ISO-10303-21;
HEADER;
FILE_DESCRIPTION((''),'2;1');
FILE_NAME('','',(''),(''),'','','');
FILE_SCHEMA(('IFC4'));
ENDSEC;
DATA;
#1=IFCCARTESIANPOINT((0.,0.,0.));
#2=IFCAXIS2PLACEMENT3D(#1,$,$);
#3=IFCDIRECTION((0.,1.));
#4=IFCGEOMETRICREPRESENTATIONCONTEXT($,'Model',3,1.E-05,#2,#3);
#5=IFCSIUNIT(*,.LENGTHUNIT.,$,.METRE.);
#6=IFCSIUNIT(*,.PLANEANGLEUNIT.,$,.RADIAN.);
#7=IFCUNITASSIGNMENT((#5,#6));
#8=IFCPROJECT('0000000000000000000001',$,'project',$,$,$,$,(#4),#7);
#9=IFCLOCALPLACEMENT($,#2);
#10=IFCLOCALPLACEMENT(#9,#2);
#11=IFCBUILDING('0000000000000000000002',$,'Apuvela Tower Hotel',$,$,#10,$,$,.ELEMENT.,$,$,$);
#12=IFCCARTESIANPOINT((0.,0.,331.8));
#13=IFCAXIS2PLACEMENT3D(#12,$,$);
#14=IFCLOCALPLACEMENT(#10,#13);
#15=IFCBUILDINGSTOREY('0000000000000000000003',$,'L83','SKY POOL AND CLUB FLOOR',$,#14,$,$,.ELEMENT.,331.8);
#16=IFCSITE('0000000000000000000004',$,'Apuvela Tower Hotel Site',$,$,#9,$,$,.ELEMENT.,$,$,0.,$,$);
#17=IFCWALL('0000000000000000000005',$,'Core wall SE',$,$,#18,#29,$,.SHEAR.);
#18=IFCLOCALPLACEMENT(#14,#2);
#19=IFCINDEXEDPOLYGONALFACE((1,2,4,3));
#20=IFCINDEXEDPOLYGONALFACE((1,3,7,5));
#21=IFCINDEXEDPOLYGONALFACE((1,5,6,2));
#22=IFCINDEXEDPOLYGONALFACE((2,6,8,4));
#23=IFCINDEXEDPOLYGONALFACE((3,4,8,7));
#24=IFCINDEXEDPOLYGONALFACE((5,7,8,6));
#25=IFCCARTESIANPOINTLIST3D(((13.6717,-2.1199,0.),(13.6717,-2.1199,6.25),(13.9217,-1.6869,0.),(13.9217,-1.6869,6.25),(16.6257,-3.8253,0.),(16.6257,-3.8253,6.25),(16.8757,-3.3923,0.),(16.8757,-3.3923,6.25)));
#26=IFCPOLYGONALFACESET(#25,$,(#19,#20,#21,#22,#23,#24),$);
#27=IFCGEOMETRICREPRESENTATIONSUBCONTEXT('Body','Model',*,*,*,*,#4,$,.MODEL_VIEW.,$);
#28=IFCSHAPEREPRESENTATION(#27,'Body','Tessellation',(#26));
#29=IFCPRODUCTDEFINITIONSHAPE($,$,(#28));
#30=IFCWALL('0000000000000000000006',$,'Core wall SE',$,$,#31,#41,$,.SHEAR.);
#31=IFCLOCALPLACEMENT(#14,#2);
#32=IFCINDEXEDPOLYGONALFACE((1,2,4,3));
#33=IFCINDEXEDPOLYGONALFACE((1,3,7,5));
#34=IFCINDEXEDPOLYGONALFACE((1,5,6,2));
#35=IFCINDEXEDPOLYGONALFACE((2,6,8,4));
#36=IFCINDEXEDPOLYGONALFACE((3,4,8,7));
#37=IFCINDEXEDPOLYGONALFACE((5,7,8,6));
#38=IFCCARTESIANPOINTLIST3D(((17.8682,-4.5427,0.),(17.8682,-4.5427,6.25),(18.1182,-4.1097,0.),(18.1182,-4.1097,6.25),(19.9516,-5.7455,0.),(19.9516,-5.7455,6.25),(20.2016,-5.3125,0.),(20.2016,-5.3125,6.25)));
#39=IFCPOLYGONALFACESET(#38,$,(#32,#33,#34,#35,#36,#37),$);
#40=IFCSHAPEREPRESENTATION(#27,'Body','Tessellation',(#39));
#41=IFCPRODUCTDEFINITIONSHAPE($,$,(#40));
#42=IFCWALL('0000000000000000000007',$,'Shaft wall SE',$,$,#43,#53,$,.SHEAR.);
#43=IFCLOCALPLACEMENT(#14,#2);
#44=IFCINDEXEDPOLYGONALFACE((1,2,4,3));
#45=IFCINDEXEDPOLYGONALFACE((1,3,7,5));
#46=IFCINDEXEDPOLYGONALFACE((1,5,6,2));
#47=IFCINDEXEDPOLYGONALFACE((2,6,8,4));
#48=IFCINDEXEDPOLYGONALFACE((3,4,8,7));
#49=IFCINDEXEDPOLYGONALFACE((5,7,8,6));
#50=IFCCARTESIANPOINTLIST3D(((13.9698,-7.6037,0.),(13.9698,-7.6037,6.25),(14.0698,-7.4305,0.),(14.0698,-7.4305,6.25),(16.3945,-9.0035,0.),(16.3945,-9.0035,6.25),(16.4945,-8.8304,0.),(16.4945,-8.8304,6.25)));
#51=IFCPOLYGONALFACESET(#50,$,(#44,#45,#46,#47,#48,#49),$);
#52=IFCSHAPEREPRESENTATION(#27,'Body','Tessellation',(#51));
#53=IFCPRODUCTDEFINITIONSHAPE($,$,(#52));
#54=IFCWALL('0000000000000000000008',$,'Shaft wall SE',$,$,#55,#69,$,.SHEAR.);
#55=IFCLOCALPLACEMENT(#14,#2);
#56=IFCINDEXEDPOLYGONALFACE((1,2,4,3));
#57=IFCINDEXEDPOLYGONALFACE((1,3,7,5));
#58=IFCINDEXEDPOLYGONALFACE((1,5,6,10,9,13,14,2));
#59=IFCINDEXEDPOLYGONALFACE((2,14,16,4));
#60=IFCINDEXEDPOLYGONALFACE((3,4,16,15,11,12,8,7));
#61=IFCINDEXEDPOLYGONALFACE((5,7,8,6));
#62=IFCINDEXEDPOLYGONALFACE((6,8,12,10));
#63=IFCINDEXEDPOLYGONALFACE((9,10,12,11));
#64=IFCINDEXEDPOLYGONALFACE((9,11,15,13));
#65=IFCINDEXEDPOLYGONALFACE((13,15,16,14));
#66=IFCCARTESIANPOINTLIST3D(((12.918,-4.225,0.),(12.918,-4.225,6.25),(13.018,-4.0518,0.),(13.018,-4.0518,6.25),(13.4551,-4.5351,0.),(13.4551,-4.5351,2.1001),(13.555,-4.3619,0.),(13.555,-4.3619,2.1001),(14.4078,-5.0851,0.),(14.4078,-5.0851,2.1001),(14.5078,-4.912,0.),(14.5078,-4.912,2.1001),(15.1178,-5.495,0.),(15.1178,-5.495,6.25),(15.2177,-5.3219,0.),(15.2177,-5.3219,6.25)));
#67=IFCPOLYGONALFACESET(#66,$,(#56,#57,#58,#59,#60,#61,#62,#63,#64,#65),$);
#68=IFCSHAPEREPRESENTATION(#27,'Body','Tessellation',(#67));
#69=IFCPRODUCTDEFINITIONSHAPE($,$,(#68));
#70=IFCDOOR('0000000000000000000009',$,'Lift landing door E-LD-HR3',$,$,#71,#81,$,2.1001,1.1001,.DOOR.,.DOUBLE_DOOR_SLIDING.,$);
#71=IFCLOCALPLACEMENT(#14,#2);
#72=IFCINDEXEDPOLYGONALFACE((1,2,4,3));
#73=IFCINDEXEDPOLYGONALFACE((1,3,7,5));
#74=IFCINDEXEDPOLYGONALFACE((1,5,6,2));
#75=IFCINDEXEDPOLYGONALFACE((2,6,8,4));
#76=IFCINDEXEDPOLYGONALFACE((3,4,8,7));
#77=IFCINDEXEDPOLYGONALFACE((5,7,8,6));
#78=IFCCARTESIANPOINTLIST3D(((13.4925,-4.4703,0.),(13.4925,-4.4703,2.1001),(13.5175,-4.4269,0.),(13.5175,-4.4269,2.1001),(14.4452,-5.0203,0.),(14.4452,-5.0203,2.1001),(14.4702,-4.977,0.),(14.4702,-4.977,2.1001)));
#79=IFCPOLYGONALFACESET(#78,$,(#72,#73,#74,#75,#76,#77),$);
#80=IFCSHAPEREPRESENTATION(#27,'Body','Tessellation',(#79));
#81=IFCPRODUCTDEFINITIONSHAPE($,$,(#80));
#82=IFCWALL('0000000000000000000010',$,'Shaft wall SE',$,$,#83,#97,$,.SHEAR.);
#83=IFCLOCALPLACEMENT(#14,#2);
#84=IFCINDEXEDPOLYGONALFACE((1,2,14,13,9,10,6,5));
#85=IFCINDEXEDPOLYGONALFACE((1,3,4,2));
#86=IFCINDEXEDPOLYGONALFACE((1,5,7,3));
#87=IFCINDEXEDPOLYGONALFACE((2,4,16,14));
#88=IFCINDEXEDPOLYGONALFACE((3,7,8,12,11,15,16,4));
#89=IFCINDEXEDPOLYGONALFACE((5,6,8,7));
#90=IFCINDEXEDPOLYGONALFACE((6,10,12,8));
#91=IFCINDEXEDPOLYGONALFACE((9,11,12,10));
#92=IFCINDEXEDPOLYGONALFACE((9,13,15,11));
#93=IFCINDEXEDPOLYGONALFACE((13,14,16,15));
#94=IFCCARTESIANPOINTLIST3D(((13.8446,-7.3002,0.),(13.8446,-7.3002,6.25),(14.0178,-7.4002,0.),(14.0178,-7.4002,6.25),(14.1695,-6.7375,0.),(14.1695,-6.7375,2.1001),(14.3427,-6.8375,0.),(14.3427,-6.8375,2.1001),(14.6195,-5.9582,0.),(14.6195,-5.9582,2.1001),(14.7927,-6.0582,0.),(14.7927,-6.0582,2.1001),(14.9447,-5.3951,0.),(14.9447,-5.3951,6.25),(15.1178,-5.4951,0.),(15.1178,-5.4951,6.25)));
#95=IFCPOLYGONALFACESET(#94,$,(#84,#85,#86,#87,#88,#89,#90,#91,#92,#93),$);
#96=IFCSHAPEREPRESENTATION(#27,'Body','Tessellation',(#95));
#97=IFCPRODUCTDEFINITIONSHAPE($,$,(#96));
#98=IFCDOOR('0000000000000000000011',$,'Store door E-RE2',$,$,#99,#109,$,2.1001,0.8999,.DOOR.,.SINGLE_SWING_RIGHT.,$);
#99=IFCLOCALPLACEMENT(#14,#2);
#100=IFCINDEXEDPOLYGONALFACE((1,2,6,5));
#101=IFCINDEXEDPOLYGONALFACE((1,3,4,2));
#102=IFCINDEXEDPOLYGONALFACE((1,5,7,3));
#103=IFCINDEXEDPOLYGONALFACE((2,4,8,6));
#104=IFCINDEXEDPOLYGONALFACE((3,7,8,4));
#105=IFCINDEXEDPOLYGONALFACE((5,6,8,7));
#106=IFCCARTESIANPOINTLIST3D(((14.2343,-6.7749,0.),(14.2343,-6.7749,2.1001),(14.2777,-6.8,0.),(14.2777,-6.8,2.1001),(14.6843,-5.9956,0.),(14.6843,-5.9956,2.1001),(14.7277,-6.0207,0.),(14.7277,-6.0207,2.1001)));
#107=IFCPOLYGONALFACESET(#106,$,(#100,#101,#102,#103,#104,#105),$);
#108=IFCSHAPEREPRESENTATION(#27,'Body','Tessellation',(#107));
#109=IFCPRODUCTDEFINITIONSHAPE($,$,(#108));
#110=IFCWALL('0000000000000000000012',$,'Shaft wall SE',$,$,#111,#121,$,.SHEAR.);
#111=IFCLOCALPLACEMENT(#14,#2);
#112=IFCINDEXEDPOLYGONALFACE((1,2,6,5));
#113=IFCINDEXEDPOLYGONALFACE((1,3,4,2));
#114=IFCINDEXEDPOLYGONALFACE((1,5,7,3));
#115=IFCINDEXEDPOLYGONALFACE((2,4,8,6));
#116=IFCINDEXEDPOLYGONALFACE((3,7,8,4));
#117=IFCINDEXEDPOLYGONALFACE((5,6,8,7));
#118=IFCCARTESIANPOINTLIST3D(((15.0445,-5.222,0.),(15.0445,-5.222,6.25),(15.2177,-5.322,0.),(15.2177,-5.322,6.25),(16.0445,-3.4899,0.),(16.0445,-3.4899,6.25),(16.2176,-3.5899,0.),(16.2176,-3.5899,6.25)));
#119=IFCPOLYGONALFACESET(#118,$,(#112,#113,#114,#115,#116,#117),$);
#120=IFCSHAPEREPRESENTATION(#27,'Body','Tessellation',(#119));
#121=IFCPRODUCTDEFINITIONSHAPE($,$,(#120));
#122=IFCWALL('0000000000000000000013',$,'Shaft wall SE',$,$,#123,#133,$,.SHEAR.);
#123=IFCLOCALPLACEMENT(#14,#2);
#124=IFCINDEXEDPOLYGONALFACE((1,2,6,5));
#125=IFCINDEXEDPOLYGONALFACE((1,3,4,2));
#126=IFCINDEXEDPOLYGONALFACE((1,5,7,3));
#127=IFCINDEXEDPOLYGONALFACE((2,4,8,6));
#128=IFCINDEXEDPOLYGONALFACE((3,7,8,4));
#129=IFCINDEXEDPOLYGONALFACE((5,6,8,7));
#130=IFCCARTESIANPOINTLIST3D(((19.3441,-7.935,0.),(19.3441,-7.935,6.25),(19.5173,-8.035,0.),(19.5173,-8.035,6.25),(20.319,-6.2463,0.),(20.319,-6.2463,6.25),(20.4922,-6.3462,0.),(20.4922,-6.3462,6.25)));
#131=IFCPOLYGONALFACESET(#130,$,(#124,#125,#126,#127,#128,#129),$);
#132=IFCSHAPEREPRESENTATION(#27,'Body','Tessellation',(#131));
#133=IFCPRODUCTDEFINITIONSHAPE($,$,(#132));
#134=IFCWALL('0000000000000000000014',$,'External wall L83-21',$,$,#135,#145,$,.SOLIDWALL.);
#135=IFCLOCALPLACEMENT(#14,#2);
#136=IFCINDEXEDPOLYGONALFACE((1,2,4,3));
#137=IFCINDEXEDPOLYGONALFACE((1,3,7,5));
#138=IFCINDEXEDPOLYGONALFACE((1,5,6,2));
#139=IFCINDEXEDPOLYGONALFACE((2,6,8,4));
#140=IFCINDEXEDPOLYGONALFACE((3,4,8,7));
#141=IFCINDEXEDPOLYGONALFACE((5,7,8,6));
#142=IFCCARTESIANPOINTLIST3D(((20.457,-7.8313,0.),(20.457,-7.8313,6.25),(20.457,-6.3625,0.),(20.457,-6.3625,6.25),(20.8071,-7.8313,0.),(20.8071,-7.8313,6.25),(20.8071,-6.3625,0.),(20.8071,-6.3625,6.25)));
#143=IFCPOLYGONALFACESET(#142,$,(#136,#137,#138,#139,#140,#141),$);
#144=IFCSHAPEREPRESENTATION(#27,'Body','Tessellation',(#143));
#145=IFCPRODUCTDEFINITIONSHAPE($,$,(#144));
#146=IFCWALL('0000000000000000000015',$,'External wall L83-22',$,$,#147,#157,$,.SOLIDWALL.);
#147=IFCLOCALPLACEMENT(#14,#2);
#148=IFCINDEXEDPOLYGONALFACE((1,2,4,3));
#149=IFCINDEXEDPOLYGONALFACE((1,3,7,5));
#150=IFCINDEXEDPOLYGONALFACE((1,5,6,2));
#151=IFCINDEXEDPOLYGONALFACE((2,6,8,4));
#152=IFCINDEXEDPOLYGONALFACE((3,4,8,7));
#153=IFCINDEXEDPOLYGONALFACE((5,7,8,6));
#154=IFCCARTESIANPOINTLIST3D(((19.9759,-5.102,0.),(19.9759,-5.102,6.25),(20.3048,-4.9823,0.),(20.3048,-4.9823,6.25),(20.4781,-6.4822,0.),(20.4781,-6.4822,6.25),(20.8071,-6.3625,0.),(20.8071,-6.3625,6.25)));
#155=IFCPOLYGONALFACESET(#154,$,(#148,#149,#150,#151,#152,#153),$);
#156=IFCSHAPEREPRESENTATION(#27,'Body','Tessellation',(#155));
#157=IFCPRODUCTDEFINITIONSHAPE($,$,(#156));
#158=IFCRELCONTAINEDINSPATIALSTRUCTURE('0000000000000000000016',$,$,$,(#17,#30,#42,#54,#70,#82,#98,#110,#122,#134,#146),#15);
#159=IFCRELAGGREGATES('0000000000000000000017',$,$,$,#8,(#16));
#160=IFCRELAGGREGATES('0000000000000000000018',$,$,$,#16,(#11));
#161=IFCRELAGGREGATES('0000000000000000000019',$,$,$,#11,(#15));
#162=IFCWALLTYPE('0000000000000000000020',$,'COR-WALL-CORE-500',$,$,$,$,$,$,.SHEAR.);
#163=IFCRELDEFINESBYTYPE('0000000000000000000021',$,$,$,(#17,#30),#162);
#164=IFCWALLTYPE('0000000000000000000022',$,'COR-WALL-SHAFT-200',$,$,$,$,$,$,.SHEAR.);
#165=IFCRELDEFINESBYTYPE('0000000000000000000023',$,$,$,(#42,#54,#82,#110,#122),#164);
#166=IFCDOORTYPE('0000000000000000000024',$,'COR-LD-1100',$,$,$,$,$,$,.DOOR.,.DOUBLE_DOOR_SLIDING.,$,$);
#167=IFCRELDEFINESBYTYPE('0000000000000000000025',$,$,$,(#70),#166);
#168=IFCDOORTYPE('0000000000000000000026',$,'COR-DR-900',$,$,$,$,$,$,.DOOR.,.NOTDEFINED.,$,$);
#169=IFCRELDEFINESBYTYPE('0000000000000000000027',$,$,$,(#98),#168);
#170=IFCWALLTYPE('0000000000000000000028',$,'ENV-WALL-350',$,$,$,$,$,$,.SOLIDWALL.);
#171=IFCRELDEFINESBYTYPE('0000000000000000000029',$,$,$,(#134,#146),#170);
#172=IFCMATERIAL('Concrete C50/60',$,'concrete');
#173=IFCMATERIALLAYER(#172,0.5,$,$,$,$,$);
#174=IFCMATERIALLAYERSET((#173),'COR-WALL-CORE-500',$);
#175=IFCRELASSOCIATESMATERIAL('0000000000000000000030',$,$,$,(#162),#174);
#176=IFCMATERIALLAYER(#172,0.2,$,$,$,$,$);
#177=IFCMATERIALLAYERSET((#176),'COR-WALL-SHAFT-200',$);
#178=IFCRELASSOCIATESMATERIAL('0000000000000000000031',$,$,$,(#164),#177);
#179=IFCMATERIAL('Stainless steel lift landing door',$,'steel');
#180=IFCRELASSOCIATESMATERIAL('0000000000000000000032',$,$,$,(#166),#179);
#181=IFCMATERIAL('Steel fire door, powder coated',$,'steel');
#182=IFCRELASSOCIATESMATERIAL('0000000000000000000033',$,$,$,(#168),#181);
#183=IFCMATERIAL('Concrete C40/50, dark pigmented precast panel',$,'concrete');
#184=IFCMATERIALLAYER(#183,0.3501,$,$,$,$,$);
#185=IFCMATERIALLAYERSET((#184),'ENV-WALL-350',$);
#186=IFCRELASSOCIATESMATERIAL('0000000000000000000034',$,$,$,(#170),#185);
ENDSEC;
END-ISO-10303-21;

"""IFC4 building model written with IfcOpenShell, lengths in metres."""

from ifc_helpers import new_model, si_unit, direction, frame, frame_2d, origin, place, context, subcontext, project, spatial, rectangle, extrude, material, layer, layer_set, type_object, element, fill, save


model = new_model("IFC4")

# Units and contexts
model_context = context("Model", 3, precision=1e-05, world=origin(), true_north=direction((0.0, 1.0)))
body_context = subcontext(model_context, "Body", "Model", "MODEL_VIEW")
ifc_project = project(units=[si_unit("LENGTHUNIT", "METRE"), si_unit("PLANEANGLEUNIT", "RADIAN")], contexts=[model_context])

# Site, building, storey
site_placement = place(None, origin())
site = spatial("IfcSite", under=ifc_project, at=site_placement, Name="Apuvela Tower Hotel Site", CompositionType="ELEMENT", RefElevation=0.0)
building_placement = place(site_placement, origin())
building = spatial("IfcBuilding", under=site, at=building_placement, Name="Apuvela Tower Hotel", CompositionType="ELEMENT")
storey_placement = place(building_placement, frame((0.0, 0.0, 331.8)))
storey = spatial("IfcBuildingStorey", under=building, at=storey_placement, Name="L83", Description="SKY POOL AND CLUB FLOOR", CompositionType="ELEMENT", Elevation=331.8)

# Walls
ifc_material_1 = material(Name="Concrete C50/60", Category="concrete")
ifc_layer_1 = layer(ifc_material_1, 0.5)
ifc_layer_set_1 = layer_set([ifc_layer_1], Name="COR-WALL-CORE-500")
wall_type_1 = type_object("IfcWallType", Name="COR-WALL-CORE-500", PredefinedType="SHEAR", material=ifc_layer_set_1)
wall_1_placement = place(storey_placement, frame((13.7966, -1.9033, 0.0), z_axis=(0.0, 0.0, 1.0), x_axis=(0.866037, -0.499981, 0.0)))
element("IfcWall", 1, at=wall_1_placement, inside=storey, type_object=wall_type_1, Name="Core wall SE", PredefinedType="SHEAR", context=body_context, shape_type="SweptSolid", body=[
    extrude(rectangle(XDim=3.4109, YDim=0.5, at=frame_2d((1.7056, 0.0))), origin(), (0.0, 0.0, 1.0), 6.25),
])
wall_2_placement = place(storey_placement, frame((17.9932, -4.3262, 0.0), z_axis=(0.0, 0.0, 1.0), x_axis=(0.86603, -0.499992, 0.0)))
element("IfcWall", 2, at=wall_2_placement, inside=storey, type_object=wall_type_1, Name="Core wall SE", PredefinedType="SHEAR", context=body_context, shape_type="SweptSolid", body=[
    extrude(rectangle(XDim=2.4058, YDim=0.5, at=frame_2d((1.2029, 0.0))), origin(), (0.0, 0.0, 1.0), 6.25),
])
ifc_layer_2 = layer(ifc_material_1, 0.2)
ifc_layer_set_2 = layer_set([ifc_layer_2], Name="COR-WALL-SHAFT-200")
wall_type_2 = type_object("IfcWallType", Name="COR-WALL-SHAFT-200", PredefinedType="SHEAR", material=ifc_layer_set_2)
wall_3_placement = place(storey_placement, frame((14.0198, -7.5171, 0.0), z_axis=(0.0, 0.0, 1.0), x_axis=(0.866035, -0.499984, 0.0)))
element("IfcWall", 3, at=wall_3_placement, inside=storey, type_object=wall_type_2, Name="Shaft wall SE", PredefinedType="SHEAR", context=body_context, shape_type="SweptSolid", body=[
    extrude(rectangle(XDim=2.7998, YDim=0.2, at=frame_2d((1.3999, 0.0))), origin(), (0.0, 0.0, 1.0), 6.25),
])

# Walls, openings, doors
wall_4_placement = place(storey_placement, frame((12.968, -4.1384, 0.0), z_axis=(0.0, 0.0, 1.0), x_axis=(0.866022, -0.500005, 0.0)))
wall_4 = element("IfcWall", 4, at=wall_4_placement, inside=storey, type_object=wall_type_2, Name="Shaft wall SE", PredefinedType="SHEAR", context=body_context, shape_type="SweptSolid", body=[
    extrude(rectangle(XDim=2.54, YDim=0.2, at=frame_2d((1.27, 0.0))), origin(), (0.0, 0.0, 1.0), 6.25),
])
opening_1_placement = place(wall_4_placement, frame((0.6201, 0.0, 0.0)))
opening_1 = element("IfcOpeningElement", 5, at=opening_1_placement, cuts=wall_4, PredefinedType="OPENING", context=body_context, shape_type="SweptSolid", body=[
    extrude(rectangle(XDim=1.1001, YDim=2.1001, at=frame_2d((0.55, 1.05))), frame((0.0, 0.1099, 0.0), z_axis=(0.0, -1.0, 0.0), x_axis=(1.0, 0.0, 0.0)), (0.0, 0.0, 1.0), 0.22),
])
ifc_material_2 = material(Name="Stainless steel lift landing door", Category="steel")
door_type_1 = type_object("IfcDoorType", Name="COR-LD-1100", OperationType="DOUBLE_DOOR_SLIDING", PredefinedType="DOOR", material=ifc_material_2)
door_1_placement = place(opening_1_placement, origin())
door_1 = element("IfcDoor", 6, at=door_1_placement, inside=storey, type_object=door_type_1, Name="Lift landing door E-LD-HR3", OperationType="DOUBLE_DOOR_SLIDING", OverallHeight=2.1001, OverallWidth=1.1001, PredefinedType="DOOR", context=body_context, shape_type="SweptSolid", body=[
    extrude(rectangle(XDim=1.1001, YDim=2.1001, at=frame_2d((0.55, 1.05))), frame((0.0, 0.0249, 0.0), z_axis=(0.0, -1.0, 0.0), x_axis=(1.0, 0.0, 0.0)), (0.0, 0.0, 1.0), 0.05),
])
fill(opening_1, door_1)
wall_5_placement = place(storey_placement, frame((13.9312, -7.3503, 0.0), z_axis=(0.0, 0.0, 1.0), x_axis=(0.50003, 0.866008, 0.0)))
wall_5 = element("IfcWall", 7, at=wall_5_placement, inside=storey, type_object=wall_type_2, Name="Shaft wall SE", PredefinedType="SHEAR", context=body_context, shape_type="SweptSolid", body=[
    extrude(rectangle(XDim=2.2, YDim=0.2, at=frame_2d((1.1001, 0.0))), origin(), (0.0, 0.0, 1.0), 6.25),
])
opening_2_placement = place(wall_5_placement, frame((0.6499, 0.0, 0.0)))
opening_2 = element("IfcOpeningElement", 8, at=opening_2_placement, cuts=wall_5, PredefinedType="OPENING", context=body_context, shape_type="SweptSolid", body=[
    extrude(rectangle(XDim=0.8999, YDim=2.1001, at=frame_2d((0.45, 1.05))), frame((0.0, 0.1099, 0.0), z_axis=(0.0, -1.0, 0.0), x_axis=(1.0, 0.0, 0.0)), (0.0, 0.0, 1.0), 0.22),
])
ifc_material_3 = material(Name="Steel fire door, powder coated", Category="steel")
door_type_2 = type_object("IfcDoorType", Name="COR-DR-900", OperationType="NOTDEFINED", PredefinedType="DOOR", material=ifc_material_3)
door_2_placement = place(opening_2_placement, frame((0.8999, 0.0, 0.0), z_axis=(0.0, 0.0, 1.0), x_axis=(-1.0, 0.0, 0.0)))
door_2 = element("IfcDoor", 9, at=door_2_placement, inside=storey, type_object=door_type_2, Name="Store door E-RE2", OperationType="SINGLE_SWING_RIGHT", OverallHeight=2.1001, OverallWidth=0.8999, PredefinedType="DOOR", context=body_context, shape_type="SweptSolid", body=[
    extrude(rectangle(XDim=0.8999, YDim=2.1001, at=frame_2d((0.45, 1.05))), frame((0.0, 0.0249, 0.0), z_axis=(0.0, -1.0, 0.0), x_axis=(1.0, 0.0, 0.0)), (0.0, 0.0, 1.0), 0.05),
])
fill(opening_2, door_2)

# Walls
wall_6_placement = place(storey_placement, frame((15.1311, -5.272, 0.0), z_axis=(0.0, 0.0, 1.0), x_axis=(0.499973, 0.866041, 0.0)))
element("IfcWall", 10, at=wall_6_placement, inside=storey, type_object=wall_type_2, Name="Shaft wall SE", PredefinedType="SHEAR", context=body_context, shape_type="SweptSolid", body=[
    extrude(rectangle(XDim=2.0, YDim=0.2, at=frame_2d((1.0, 0.0))), origin(), (0.0, 0.0, 1.0), 6.25),
])
wall_7_placement = place(storey_placement, frame((19.4307, -7.9851, 0.0), z_axis=(0.0, 0.0, 1.0), x_axis=(0.49995, 0.866054, 0.0)))
element("IfcWall", 11, at=wall_7_placement, inside=storey, type_object=wall_type_2, Name="Shaft wall SE", PredefinedType="SHEAR", context=body_context, shape_type="SweptSolid", body=[
    extrude(rectangle(XDim=1.95, YDim=0.2, at=frame_2d((0.9751, 0.0))), origin(), (0.0, 0.0, 1.0), 6.25),
])
ifc_material_4 = material(Name="Concrete C40/50, dark pigmented precast panel", Category="concrete")
ifc_layer_3 = layer(ifc_material_4, 0.3501)
ifc_layer_set_3 = layer_set([ifc_layer_3], Name="ENV-WALL-350")
wall_type_3 = type_object("IfcWallType", Name="ENV-WALL-350", PredefinedType="SOLIDWALL", material=ifc_layer_set_3)
for number, where, z_axis, x_axis, name in (
    (12, (20.6321, -7.8313, 0.0), (0.0, 0.0, 1.0), (0.0, 1.0, 0.0), "External wall L83-21"),
    (13, (20.6426, -6.4224, 0.0), (0.0, 0.0, 1.0), (-0.341943, 0.939721, 0.0), "External wall L83-22"),
):
    element("IfcWall", number, at=place(storey_placement, frame(where, z_axis=z_axis, x_axis=x_axis)), inside=storey, type_object=wall_type_3, Name=name, PredefinedType="SOLIDWALL", context=body_context, shape_type="SweptSolid", body=[
        extrude(rectangle(XDim=1.4688, YDim=0.3501, at=frame_2d((0.7344, 0.0))), origin(), (0.0, 0.0, 1.0), 6.25),
    ])

save(model, "model.ifc")
